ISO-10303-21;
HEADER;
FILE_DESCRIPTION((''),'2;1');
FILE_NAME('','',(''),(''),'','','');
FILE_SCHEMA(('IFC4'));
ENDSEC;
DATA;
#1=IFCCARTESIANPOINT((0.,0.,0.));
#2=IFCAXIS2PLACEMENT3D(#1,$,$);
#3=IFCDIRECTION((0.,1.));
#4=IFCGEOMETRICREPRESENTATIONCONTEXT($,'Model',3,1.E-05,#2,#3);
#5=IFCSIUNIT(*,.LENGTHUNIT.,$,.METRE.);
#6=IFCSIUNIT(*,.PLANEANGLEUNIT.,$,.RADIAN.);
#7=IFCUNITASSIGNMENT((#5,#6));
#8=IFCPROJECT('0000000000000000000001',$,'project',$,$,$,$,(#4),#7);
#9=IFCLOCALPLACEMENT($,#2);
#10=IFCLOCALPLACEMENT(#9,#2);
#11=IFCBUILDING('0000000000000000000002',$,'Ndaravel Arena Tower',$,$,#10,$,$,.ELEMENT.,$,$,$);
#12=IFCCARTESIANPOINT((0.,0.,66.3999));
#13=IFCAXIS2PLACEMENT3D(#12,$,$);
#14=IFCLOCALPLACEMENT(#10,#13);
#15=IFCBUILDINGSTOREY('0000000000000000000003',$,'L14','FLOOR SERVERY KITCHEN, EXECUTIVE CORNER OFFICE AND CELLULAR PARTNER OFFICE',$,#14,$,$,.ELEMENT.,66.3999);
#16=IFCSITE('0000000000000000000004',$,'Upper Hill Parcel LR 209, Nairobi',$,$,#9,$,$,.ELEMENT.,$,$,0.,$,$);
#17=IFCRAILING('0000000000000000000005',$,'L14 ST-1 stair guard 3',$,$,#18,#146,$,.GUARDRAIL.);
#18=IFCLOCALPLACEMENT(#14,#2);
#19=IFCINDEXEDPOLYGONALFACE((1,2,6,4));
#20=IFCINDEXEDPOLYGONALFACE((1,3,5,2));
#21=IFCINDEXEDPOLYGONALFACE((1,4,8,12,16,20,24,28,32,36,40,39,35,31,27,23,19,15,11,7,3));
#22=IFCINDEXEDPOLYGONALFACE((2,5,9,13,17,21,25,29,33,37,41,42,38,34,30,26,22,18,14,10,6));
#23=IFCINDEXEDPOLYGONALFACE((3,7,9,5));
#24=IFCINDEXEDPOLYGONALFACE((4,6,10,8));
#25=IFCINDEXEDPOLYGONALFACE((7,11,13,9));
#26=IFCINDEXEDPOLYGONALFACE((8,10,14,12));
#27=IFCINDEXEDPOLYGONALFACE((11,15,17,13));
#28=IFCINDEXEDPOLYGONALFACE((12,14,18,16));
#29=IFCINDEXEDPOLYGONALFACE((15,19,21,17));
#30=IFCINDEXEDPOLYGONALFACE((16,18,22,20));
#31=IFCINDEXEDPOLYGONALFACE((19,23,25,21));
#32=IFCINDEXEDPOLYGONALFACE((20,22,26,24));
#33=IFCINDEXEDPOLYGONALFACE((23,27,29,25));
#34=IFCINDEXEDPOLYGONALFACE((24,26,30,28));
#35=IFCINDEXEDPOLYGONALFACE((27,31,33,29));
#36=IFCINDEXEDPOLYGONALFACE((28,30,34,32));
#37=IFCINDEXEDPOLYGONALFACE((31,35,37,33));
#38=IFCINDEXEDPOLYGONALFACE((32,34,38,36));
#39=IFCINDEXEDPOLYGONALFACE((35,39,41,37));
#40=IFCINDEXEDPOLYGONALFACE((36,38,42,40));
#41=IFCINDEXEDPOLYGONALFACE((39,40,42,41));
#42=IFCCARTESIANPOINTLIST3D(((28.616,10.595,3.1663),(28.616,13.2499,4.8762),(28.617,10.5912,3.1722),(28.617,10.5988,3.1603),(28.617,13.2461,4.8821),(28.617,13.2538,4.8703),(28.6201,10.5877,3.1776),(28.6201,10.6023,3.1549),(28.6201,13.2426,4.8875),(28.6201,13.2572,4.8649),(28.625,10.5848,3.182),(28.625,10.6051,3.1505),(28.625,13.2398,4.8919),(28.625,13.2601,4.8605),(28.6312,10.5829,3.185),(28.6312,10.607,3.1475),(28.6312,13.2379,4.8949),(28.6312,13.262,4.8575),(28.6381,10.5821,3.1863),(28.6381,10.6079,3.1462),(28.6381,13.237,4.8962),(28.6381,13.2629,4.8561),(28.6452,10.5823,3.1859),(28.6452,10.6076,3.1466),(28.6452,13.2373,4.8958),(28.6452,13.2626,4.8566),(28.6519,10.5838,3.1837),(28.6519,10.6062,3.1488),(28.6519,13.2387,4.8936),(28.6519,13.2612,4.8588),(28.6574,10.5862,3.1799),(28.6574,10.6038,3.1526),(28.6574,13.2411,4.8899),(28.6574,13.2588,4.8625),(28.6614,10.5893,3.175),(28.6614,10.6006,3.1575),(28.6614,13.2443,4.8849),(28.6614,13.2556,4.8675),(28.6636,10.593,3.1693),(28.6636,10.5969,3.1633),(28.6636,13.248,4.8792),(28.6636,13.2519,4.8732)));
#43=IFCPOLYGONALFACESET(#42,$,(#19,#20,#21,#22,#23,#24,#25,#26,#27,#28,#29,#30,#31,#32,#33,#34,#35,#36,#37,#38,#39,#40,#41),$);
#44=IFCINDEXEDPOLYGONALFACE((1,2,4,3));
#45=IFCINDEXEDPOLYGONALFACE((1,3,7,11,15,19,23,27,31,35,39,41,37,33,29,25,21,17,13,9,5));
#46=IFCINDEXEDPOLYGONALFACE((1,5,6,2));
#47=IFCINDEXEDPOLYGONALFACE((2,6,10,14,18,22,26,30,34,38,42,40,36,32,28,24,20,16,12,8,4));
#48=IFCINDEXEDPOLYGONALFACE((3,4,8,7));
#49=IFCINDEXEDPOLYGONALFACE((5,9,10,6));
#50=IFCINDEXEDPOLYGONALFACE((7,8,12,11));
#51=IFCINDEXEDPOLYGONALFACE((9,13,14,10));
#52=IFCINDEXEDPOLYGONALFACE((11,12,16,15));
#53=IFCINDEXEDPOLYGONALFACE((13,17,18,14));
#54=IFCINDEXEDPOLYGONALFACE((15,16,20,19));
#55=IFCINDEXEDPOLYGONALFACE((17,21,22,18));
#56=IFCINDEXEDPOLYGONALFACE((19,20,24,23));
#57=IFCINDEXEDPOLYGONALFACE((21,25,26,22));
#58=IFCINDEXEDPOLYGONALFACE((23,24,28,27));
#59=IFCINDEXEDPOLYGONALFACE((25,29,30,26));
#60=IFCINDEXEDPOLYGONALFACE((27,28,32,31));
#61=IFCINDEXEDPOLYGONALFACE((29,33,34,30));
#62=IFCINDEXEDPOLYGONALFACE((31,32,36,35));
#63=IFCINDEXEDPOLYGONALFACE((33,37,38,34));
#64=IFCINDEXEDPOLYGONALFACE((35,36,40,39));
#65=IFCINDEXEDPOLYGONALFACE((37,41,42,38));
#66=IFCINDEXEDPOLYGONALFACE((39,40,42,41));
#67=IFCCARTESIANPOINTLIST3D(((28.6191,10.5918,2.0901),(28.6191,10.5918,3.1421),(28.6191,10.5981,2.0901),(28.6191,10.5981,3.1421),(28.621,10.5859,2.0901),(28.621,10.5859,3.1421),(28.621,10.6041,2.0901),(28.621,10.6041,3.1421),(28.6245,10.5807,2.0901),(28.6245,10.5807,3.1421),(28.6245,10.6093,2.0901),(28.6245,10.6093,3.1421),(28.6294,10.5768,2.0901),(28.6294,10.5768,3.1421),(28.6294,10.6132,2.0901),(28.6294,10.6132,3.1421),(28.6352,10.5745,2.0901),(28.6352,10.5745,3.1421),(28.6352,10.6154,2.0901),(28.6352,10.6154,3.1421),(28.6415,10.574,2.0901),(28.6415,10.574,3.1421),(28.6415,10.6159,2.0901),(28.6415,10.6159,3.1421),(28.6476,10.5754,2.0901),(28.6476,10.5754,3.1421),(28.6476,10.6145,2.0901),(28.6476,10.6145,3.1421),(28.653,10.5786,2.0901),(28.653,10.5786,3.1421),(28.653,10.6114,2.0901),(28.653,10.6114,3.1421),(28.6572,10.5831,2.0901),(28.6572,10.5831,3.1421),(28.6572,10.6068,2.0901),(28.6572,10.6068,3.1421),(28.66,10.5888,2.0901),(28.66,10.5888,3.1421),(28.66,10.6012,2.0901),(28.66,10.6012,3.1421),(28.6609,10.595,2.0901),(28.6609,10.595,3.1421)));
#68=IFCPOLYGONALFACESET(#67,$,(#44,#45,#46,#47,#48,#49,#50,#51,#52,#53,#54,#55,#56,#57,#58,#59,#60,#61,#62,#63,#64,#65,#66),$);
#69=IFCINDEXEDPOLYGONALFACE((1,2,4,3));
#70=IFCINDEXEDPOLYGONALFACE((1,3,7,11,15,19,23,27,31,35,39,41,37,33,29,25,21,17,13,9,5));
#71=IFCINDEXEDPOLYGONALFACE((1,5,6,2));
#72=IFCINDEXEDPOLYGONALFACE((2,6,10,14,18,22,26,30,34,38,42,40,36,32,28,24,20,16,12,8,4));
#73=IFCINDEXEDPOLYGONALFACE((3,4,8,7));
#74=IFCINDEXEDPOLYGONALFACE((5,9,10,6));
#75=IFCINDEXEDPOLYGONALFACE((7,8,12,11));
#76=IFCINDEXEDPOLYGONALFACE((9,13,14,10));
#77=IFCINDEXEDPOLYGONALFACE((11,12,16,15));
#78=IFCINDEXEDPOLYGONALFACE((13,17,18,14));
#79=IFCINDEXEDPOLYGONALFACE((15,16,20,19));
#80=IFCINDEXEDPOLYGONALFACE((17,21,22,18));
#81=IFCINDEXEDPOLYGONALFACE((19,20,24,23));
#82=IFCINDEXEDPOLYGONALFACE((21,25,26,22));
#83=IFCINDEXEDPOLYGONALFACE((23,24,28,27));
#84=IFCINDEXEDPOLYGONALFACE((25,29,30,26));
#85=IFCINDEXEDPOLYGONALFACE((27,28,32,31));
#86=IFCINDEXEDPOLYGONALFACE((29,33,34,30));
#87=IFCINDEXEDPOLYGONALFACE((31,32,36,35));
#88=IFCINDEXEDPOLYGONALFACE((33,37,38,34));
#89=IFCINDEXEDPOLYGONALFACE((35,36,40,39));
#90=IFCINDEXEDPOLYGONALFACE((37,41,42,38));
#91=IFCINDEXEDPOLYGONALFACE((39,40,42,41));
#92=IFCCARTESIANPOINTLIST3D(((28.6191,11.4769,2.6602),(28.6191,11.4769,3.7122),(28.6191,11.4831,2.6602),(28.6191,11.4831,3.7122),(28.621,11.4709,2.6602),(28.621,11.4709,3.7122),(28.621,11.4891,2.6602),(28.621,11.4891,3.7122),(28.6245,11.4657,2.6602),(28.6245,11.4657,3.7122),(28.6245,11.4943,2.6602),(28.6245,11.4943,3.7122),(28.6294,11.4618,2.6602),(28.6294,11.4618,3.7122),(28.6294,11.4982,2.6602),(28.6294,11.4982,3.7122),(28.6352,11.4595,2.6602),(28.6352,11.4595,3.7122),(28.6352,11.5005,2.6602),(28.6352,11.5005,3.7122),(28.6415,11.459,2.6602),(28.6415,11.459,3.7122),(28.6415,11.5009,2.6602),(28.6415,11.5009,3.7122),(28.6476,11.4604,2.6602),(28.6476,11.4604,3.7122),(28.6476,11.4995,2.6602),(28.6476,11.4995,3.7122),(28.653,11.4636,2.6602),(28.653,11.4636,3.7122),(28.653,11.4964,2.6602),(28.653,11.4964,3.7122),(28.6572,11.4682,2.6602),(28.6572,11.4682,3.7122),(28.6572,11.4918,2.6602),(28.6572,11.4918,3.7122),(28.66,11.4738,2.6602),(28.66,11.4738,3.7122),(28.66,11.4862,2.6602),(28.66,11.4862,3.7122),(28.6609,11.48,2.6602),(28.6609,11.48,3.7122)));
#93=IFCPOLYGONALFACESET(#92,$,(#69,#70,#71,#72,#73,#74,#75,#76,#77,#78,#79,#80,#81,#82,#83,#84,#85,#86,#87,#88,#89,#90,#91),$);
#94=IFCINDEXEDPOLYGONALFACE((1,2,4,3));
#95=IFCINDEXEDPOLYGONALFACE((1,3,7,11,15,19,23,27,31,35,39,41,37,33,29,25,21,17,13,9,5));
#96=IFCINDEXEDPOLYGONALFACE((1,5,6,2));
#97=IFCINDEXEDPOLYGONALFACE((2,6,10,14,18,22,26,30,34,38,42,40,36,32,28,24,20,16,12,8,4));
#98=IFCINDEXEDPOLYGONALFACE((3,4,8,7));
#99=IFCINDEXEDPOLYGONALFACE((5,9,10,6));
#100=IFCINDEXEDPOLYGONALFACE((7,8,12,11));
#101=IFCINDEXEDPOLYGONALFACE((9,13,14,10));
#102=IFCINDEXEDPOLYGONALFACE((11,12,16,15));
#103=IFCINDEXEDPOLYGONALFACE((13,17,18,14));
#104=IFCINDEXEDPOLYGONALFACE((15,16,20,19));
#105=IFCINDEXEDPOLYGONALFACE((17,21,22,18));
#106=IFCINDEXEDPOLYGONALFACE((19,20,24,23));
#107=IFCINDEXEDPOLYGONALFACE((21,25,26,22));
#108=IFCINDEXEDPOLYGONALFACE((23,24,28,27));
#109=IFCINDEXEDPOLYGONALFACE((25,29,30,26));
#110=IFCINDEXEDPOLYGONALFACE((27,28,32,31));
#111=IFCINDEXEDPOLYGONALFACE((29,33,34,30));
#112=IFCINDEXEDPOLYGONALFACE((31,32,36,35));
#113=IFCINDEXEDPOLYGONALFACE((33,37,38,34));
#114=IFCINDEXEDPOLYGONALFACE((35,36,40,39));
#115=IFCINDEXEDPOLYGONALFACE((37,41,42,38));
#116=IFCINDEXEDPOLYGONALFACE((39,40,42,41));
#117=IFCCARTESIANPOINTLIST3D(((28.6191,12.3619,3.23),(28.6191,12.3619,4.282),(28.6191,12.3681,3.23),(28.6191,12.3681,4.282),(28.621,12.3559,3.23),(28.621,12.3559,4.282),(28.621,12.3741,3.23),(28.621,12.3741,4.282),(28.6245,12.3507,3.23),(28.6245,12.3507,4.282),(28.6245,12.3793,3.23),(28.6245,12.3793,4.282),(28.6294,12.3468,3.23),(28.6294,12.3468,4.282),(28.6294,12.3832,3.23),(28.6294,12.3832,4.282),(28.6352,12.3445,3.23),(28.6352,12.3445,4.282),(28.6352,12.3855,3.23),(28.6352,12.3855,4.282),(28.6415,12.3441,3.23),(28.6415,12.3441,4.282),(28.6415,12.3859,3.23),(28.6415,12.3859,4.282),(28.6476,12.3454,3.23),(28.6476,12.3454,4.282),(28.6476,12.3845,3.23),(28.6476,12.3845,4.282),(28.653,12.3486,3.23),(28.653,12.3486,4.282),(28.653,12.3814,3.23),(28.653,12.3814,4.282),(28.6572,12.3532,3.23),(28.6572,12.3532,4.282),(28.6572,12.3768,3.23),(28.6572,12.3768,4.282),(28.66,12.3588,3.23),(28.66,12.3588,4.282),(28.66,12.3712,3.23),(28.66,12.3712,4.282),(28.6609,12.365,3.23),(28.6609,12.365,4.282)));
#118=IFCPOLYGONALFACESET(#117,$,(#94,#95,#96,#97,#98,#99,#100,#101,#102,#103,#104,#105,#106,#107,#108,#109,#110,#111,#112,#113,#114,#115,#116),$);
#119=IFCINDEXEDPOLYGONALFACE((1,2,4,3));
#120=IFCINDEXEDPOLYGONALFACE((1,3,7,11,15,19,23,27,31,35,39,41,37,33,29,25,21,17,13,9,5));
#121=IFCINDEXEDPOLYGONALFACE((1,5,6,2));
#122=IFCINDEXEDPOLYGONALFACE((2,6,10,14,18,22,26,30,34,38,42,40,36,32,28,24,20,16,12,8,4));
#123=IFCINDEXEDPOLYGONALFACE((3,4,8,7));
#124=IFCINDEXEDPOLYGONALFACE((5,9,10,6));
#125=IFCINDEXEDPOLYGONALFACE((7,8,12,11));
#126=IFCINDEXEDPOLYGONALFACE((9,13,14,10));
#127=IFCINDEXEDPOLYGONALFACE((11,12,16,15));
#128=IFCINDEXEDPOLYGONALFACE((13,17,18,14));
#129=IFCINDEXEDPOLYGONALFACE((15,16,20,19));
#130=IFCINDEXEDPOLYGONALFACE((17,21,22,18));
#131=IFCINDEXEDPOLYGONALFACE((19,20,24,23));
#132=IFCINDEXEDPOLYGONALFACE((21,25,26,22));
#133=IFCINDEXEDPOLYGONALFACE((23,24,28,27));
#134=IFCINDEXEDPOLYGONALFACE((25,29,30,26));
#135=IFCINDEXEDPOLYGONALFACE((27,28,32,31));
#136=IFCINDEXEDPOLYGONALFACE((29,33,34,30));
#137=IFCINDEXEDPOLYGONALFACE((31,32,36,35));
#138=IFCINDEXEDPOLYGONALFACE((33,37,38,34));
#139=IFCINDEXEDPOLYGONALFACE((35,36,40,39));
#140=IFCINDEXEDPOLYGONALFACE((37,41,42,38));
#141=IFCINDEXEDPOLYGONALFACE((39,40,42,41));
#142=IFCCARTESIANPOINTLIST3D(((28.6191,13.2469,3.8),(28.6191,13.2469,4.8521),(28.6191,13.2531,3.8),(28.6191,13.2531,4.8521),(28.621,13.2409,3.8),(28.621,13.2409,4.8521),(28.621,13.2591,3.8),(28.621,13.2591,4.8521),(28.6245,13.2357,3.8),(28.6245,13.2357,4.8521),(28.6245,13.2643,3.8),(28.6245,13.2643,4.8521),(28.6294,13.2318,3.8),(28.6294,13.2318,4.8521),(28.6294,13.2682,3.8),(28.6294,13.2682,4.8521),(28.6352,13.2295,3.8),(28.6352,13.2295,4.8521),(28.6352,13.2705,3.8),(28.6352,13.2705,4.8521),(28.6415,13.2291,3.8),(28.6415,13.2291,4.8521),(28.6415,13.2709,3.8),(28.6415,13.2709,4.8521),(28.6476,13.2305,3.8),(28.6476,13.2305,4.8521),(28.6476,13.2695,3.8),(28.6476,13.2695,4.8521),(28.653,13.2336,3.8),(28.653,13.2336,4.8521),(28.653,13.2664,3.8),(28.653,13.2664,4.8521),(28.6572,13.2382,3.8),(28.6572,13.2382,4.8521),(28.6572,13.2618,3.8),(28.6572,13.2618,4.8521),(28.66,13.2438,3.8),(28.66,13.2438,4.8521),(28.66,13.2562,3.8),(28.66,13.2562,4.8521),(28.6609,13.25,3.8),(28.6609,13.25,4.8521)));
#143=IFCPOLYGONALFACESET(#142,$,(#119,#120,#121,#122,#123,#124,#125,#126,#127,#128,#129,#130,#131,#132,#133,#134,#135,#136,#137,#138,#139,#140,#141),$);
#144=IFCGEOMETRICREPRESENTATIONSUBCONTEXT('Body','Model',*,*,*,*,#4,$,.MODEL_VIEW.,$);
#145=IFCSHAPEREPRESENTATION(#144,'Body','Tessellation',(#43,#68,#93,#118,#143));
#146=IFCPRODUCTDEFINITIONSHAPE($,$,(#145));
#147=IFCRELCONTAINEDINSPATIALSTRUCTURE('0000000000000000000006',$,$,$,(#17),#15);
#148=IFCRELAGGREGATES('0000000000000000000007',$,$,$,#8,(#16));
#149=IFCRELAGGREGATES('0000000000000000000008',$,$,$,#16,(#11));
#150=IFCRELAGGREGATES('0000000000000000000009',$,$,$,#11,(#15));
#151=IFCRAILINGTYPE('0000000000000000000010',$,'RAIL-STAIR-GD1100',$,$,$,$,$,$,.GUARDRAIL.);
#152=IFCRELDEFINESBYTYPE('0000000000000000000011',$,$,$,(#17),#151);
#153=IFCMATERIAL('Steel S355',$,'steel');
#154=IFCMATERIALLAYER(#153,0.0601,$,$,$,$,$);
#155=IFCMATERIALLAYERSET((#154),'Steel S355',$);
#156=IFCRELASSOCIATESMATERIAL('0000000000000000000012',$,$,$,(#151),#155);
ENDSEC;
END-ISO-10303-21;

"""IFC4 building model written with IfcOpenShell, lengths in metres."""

from ifc_helpers import new_model, si_unit, direction, frame, origin, origin_2d, place, context, subcontext, project, spatial, circle, extrude, material, layer, layer_set, type_object, element, save


model = new_model("IFC4")

# Units and contexts
model_context = context("Model", 3, precision=1e-05, world=origin(), true_north=direction((0.0, 1.0)))
body_context = subcontext(model_context, "Body", "Model", "MODEL_VIEW")
ifc_project = project(units=[si_unit("LENGTHUNIT", "METRE"), si_unit("PLANEANGLEUNIT", "RADIAN")], contexts=[model_context])

# Site, building, storey
site_placement = place(None, origin())
site = spatial("IfcSite", under=ifc_project, at=site_placement, Name="Upper Hill Parcel LR 209, Nairobi", CompositionType="ELEMENT", RefElevation=0.0)
building_placement = place(site_placement, origin())
building = spatial("IfcBuilding", under=site, at=building_placement, Name="Ndaravel Arena Tower", CompositionType="ELEMENT")
storey_placement = place(building_placement, frame((0.0, 0.0, 66.3999)))
storey = spatial("IfcBuildingStorey", under=building, at=storey_placement, Name="L14", Description="FLOOR SERVERY KITCHEN, EXECUTIVE CORNER OFFICE AND CELLULAR PARTNER OFFICE", CompositionType="ELEMENT", Elevation=66.3999)

# Railing
ifc_material_1 = material(Name="Steel S355", Category="steel")
ifc_layer_1 = layer(ifc_material_1, 0.0601)
ifc_layer_set_1 = layer_set([ifc_layer_1], Name="Steel S355")
railing_type_1 = type_object("IfcRailingType", Name="RAIL-STAIR-GD1100", PredefinedType="GUARDRAIL", material=ifc_layer_set_1)
railing_1_placement = place(storey_placement, frame((28.6399, 10.595, 2.0901)))
element("IfcRailing", 1, at=railing_1_placement, inside=storey, type_object=railing_type_1, Name="L14 ST-1 stair guard 3", PredefinedType="GUARDRAIL", context=body_context, shape_type="SweptSolid", body=[
    extrude(circle(Radius=0.0239, at=origin_2d()), frame((0.0, 0.0, 1.0762), z_axis=(0.0, 0.840724, 0.541465), x_axis=(-1.0, 0.0, 0.0)), (0.0, 0.0, 1.0), 3.158),
    extrude(circle(Radius=0.021, at=origin_2d()), origin(), (0.0, 0.0, 1.0), 1.052),
    extrude(circle(Radius=0.021, at=origin_2d()), frame((0.0, 0.885, 0.5701)), (0.0, 0.0, 1.0), 1.052),
    extrude(circle(Radius=0.021, at=origin_2d()), frame((0.0, 1.77, 1.1399)), (0.0, 0.0, 1.0), 1.052),
    extrude(circle(Radius=0.021, at=origin_2d()), frame((0.0, 2.655, 1.71)), (0.0, 0.0, 1.0), 1.052),
])

save(model, "model.ifc")
